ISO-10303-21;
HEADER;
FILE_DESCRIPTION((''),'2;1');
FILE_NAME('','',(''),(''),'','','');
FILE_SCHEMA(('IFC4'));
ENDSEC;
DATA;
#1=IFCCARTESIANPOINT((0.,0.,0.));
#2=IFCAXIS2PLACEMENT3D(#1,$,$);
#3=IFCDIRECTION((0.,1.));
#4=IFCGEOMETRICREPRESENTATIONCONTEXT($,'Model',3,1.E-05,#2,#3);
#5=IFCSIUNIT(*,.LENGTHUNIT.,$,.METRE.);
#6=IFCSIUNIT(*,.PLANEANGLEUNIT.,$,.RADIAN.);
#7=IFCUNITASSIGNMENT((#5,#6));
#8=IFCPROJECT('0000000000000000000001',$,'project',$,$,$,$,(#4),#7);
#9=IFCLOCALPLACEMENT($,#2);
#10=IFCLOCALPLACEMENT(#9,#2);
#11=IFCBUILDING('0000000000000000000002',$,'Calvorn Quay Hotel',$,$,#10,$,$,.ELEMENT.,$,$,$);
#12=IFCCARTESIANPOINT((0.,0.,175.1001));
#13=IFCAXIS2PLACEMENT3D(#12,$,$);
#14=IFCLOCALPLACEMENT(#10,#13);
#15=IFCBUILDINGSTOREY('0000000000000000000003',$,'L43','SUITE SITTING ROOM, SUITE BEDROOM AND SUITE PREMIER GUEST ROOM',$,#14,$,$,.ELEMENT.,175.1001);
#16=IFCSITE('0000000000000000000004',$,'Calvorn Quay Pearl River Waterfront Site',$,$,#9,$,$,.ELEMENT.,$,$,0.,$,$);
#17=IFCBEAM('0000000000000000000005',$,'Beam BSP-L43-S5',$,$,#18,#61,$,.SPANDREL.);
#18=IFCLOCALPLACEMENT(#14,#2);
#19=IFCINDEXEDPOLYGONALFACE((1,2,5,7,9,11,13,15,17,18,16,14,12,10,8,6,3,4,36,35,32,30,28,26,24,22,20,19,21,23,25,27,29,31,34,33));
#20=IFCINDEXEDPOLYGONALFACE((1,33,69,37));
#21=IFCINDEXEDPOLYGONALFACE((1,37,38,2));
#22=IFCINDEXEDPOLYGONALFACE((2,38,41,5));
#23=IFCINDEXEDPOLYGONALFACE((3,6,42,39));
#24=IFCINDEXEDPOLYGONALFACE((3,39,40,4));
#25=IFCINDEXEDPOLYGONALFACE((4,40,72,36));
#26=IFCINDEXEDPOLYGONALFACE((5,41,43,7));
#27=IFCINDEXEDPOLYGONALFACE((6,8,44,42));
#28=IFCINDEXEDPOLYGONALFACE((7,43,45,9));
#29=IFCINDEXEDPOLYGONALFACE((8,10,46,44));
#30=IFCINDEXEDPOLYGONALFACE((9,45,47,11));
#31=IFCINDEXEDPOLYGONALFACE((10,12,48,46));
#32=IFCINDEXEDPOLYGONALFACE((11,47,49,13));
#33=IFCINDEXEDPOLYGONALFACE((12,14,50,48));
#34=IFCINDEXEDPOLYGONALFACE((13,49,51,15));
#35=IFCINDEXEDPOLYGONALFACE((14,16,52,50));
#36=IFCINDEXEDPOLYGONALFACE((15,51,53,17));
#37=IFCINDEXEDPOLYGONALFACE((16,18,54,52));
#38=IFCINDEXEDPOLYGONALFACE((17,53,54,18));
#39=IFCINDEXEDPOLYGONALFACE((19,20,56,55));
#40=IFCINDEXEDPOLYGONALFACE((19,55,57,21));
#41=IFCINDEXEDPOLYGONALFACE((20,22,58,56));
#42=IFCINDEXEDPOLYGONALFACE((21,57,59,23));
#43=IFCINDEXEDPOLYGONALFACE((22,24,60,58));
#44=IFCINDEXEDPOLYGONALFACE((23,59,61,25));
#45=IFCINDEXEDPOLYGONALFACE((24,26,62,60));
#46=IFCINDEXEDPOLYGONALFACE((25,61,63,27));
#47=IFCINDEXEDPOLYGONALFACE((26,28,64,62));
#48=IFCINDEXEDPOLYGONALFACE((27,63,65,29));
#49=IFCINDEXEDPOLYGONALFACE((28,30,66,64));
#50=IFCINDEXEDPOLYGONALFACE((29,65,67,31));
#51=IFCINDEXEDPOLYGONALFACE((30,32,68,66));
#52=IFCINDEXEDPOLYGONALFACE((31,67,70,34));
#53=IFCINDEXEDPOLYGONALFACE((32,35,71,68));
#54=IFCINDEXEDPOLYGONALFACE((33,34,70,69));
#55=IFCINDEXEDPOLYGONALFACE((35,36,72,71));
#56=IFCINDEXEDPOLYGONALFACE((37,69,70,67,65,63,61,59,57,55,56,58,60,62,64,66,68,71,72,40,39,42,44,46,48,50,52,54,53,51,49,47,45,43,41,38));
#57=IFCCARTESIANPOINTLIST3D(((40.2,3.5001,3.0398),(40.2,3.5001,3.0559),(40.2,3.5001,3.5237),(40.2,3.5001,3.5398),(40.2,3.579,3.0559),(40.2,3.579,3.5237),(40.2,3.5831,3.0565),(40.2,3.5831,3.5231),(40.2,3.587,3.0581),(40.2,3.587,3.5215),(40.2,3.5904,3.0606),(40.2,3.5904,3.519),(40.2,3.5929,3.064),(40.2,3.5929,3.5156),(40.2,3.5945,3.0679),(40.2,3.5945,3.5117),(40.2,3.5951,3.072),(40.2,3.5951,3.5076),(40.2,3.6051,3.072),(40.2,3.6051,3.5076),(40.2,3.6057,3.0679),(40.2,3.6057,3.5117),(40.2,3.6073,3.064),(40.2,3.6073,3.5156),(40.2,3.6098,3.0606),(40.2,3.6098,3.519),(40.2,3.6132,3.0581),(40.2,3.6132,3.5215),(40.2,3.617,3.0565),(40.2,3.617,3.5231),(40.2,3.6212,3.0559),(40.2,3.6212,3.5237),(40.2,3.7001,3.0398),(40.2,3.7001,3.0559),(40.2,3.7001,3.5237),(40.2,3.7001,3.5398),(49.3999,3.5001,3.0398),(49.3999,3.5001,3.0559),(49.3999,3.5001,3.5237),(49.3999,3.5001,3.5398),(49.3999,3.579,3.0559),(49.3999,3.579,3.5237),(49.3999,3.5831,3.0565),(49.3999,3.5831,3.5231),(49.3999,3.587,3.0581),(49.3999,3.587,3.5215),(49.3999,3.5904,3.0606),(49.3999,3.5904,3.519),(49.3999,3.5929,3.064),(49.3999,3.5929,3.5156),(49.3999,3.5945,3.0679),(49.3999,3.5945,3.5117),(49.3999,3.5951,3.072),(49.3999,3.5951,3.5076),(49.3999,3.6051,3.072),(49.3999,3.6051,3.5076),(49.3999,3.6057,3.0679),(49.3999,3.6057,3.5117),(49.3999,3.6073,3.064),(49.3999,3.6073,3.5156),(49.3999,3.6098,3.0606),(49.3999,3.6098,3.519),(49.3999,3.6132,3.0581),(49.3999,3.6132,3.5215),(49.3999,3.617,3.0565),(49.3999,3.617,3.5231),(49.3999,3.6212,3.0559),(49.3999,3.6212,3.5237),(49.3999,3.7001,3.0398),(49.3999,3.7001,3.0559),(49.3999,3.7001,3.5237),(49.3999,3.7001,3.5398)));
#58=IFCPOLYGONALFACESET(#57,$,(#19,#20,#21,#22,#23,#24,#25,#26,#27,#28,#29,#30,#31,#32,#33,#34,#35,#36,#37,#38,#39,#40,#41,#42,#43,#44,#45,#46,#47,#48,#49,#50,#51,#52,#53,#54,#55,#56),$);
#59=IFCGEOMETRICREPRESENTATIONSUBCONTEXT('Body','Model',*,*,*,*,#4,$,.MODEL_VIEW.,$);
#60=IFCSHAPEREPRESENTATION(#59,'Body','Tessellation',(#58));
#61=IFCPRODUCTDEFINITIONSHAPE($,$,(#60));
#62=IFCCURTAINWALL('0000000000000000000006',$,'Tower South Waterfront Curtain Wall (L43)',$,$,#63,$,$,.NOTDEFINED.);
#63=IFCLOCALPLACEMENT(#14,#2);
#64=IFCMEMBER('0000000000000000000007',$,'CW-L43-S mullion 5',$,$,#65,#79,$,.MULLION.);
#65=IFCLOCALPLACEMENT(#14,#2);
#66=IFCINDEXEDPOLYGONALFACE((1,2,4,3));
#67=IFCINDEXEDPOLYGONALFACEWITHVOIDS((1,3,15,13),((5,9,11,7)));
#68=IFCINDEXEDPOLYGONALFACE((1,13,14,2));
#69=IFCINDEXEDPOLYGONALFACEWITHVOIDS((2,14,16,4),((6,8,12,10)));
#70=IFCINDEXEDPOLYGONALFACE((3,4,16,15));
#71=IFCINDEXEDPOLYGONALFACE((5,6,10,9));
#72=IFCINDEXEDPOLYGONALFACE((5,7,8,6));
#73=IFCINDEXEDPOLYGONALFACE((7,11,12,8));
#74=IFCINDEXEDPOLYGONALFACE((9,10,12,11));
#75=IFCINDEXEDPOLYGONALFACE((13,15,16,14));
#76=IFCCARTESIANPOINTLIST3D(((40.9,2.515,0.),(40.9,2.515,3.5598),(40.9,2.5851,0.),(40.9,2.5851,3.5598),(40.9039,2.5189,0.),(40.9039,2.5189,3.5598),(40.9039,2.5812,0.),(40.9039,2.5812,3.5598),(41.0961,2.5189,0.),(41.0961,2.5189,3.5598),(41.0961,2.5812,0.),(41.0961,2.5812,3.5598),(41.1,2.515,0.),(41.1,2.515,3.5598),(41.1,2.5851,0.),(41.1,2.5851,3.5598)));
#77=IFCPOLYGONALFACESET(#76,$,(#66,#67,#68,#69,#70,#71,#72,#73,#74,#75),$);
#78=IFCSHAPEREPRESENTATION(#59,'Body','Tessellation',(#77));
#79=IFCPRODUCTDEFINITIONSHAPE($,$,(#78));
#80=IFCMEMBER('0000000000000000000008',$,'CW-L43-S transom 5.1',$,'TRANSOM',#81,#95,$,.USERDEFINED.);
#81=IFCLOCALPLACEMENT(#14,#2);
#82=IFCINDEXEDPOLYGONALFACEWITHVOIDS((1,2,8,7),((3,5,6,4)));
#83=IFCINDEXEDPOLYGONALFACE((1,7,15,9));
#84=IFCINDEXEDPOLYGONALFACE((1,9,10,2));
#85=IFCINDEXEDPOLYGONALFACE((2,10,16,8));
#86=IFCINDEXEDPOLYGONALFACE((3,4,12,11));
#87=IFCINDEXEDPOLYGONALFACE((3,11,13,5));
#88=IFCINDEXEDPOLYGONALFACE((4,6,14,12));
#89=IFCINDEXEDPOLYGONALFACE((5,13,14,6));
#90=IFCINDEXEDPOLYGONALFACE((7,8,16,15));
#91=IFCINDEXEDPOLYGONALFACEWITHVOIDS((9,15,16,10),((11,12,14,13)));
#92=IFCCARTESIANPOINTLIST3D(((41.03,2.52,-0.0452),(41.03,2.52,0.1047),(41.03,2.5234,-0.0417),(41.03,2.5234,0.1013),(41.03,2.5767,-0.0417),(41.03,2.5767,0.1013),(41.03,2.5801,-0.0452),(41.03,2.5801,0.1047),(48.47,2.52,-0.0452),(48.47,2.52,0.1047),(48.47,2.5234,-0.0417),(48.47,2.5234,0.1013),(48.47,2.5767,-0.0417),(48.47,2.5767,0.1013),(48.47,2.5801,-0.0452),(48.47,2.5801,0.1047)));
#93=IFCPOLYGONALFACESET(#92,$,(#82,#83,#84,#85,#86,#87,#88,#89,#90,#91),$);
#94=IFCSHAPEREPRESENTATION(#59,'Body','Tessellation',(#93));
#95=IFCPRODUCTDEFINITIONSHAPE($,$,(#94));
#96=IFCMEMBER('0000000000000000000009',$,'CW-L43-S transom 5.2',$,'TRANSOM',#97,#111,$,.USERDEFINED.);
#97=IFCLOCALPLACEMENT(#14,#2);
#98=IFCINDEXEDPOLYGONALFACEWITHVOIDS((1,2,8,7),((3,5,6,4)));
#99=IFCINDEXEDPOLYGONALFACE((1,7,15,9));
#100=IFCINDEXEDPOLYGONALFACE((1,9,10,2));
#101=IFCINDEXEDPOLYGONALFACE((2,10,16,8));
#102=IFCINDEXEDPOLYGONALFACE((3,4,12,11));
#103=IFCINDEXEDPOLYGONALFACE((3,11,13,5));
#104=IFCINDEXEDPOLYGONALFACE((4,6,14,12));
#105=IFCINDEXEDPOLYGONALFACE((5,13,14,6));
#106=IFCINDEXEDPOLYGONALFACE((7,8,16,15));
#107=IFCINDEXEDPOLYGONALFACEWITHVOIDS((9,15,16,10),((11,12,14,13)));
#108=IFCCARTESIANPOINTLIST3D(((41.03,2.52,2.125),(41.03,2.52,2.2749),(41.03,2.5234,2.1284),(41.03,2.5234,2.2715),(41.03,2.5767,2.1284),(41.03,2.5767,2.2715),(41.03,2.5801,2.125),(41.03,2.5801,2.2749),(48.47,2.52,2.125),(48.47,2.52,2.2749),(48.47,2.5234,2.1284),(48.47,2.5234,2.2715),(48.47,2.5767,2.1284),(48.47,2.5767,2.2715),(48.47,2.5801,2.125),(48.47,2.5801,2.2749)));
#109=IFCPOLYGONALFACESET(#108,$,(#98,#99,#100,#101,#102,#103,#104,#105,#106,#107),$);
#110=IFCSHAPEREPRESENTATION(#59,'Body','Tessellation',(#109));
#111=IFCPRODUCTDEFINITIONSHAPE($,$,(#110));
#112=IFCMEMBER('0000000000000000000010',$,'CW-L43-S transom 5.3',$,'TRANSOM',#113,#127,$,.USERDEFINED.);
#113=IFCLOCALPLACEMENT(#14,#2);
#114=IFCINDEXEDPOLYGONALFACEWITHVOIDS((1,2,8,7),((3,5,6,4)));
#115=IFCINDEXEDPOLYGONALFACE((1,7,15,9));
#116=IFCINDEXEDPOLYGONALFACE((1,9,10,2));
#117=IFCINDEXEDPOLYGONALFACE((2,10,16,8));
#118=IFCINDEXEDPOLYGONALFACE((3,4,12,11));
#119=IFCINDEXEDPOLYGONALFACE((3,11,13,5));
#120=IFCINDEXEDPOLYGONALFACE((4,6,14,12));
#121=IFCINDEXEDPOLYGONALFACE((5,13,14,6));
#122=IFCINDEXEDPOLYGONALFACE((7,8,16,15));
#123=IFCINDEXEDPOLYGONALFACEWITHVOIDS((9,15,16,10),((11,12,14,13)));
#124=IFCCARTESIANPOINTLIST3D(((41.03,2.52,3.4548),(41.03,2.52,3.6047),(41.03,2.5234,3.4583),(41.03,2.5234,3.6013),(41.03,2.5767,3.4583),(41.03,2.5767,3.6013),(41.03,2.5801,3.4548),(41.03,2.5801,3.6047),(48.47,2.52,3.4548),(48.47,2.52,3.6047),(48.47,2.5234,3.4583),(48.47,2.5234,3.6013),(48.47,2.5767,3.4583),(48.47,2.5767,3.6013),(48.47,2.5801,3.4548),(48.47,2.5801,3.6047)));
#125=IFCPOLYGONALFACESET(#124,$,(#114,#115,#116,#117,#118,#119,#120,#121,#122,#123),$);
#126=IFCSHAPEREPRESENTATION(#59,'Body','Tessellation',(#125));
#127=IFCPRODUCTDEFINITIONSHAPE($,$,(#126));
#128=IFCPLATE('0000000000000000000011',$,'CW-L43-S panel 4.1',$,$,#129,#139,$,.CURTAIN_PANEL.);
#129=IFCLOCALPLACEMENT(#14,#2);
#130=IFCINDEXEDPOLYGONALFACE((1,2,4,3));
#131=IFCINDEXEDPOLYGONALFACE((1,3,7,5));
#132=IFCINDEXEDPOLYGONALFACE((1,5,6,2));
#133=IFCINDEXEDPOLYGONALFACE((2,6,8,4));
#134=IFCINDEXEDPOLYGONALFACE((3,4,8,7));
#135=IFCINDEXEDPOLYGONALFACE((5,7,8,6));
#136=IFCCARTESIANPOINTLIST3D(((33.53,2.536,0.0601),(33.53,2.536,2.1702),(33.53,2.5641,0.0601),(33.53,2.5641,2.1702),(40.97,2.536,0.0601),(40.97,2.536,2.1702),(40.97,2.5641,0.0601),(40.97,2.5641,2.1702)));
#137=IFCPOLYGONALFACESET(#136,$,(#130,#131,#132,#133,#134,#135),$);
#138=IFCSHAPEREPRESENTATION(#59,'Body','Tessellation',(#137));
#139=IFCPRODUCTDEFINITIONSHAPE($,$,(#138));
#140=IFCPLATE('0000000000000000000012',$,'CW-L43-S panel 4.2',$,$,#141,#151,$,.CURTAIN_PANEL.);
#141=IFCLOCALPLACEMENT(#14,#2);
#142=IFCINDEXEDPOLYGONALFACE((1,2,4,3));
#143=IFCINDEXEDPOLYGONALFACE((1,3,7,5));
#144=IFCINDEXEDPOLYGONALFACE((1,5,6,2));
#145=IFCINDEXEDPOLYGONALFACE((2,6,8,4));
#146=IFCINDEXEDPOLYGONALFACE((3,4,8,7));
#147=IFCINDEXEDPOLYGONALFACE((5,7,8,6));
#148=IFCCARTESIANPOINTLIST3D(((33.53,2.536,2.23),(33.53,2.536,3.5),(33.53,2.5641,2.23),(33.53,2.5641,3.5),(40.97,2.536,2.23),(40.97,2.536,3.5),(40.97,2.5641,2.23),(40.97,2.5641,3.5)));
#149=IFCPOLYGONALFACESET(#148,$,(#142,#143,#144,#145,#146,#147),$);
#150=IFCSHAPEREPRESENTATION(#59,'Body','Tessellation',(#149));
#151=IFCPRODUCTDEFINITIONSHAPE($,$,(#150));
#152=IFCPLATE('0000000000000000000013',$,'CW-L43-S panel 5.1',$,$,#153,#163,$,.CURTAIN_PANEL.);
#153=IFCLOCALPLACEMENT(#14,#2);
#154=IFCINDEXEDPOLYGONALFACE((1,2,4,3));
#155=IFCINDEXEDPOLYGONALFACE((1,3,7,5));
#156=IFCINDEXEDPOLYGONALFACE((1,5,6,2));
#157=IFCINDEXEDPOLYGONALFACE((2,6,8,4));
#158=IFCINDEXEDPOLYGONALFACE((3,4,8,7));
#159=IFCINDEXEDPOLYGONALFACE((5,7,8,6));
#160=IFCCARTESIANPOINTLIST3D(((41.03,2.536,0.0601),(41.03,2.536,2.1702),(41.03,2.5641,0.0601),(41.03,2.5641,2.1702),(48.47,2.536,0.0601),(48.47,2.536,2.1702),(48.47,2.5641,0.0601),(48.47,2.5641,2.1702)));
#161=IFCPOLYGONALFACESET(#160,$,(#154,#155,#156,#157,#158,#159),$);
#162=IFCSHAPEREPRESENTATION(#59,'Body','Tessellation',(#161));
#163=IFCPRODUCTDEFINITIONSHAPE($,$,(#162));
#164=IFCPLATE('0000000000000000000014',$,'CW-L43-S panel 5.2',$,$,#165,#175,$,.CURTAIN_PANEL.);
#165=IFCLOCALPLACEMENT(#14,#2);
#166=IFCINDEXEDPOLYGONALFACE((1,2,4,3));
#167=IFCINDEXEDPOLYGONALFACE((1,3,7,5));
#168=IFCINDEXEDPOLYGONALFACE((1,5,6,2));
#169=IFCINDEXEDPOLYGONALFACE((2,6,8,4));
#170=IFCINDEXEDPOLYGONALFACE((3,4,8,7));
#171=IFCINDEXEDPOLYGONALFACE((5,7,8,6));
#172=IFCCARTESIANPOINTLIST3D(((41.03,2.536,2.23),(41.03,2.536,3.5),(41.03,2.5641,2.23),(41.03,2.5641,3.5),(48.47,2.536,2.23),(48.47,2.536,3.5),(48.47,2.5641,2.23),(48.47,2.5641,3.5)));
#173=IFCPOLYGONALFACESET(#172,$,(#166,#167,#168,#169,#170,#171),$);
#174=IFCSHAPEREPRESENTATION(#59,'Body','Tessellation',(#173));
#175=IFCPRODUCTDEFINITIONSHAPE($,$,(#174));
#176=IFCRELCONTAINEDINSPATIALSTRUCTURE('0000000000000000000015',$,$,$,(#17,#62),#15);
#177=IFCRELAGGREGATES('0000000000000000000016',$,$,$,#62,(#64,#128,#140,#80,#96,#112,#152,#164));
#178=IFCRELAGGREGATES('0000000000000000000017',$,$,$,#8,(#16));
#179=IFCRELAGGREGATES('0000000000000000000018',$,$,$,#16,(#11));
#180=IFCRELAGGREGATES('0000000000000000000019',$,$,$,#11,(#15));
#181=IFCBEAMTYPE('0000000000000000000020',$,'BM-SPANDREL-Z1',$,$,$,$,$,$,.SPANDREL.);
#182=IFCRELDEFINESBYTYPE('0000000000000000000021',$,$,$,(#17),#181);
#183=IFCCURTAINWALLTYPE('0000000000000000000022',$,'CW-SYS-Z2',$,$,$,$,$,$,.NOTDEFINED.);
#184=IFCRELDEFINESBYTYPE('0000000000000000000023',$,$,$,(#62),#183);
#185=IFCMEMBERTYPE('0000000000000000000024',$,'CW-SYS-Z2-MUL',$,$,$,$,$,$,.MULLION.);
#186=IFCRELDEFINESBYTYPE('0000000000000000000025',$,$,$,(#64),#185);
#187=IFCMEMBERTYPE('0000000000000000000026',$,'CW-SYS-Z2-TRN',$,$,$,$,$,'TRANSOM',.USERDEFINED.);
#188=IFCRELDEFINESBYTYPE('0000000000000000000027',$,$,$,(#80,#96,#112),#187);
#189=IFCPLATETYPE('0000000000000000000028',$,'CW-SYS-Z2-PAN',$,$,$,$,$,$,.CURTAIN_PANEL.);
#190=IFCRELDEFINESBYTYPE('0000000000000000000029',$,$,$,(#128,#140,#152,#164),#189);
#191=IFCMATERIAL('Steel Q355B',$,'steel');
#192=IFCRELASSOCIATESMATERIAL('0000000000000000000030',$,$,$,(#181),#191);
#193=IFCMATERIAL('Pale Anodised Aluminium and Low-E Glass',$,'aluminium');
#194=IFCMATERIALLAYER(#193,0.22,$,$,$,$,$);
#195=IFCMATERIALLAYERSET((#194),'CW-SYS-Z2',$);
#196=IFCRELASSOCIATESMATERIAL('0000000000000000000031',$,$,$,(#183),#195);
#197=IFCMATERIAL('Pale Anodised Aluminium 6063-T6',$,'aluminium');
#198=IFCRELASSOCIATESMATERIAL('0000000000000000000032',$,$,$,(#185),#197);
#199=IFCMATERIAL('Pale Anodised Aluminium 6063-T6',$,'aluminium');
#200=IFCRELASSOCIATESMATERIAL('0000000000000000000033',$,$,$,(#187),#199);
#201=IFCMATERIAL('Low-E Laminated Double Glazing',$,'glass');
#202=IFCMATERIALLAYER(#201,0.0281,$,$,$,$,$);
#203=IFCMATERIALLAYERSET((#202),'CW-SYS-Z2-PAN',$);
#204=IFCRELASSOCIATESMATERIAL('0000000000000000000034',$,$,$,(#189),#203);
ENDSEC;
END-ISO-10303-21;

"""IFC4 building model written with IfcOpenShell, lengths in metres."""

from ifc_helpers import new_model, si_unit, direction, frame, origin, origin_2d, place, context, subcontext, project, spatial, rectangle, hollow_rectangle, i_section, extrude, material, layer, layer_set, material_profile, profile_set, type_object, element, aggregate, save


model = new_model("IFC4")

# Units and contexts
model_context = context("Model", 3, precision=1e-05, world=origin(), true_north=direction((0.0, 1.0)))
body_context = subcontext(model_context, "Body", "Model", "MODEL_VIEW")
ifc_project = project(units=[si_unit("LENGTHUNIT", "METRE"), si_unit("PLANEANGLEUNIT", "RADIAN")], contexts=[model_context])

# Site, building, storey
site_placement = place(None, origin())
site = spatial("IfcSite", under=ifc_project, at=site_placement, Name="Calvorn Quay Pearl River Waterfront Site", CompositionType="ELEMENT", RefElevation=0.0)
building_placement = place(site_placement, origin())
building = spatial("IfcBuilding", under=site, at=building_placement, Name="Calvorn Quay Hotel", CompositionType="ELEMENT")
storey_placement = place(building_placement, frame((0.0, 0.0, 175.1001)))
storey = spatial("IfcBuildingStorey", under=building, at=storey_placement, Name="L43", Description="SUITE SITTING ROOM, SUITE BEDROOM AND SUITE PREMIER GUEST ROOM", CompositionType="ELEMENT", Elevation=175.1001)

# Beam
ifc_material_1 = material(Name="Steel Q355B", Category="steel")
ifc_material_profile_1 = material_profile(ifc_material_1, i_section(OverallWidth=0.2, OverallDepth=0.5, WebThickness=0.01, FlangeThickness=0.0161, FilletRadius=0.0161, at=origin_2d()), Name="HN500x200x10x16")
ifc_profile_set_1 = profile_set([ifc_material_profile_1], Name="Steel Q355B")
beam_type_1 = type_object("IfcBeamType", Name="BM-SPANDREL-Z1", PredefinedType="SPANDREL", material=ifc_profile_set_1)
beam_1_placement = place(storey_placement, frame((40.2, 3.6001, 3.2898), z_axis=(1.0, 0.0, 0.0), x_axis=(0.0, 1.0, 0.0)))
element("IfcBeam", 1, at=beam_1_placement, inside=storey, type_object=beam_type_1, Name="Beam BSP-L43-S5", PredefinedType="SPANDREL", context=body_context, shape_type="SweptSolid", body=[
    extrude(i_section(OverallWidth=0.2, OverallDepth=0.5, WebThickness=0.01, FlangeThickness=0.0161, FilletRadius=0.0161, at=origin_2d()), origin(), (0.0, 0.0, 1.0), 9.2),
])

# Curtain wall, members, plates
ifc_material_2 = material(Name="Pale Anodised Aluminium and Low-E Glass", Category="aluminium")
ifc_layer_1 = layer(ifc_material_2, 0.22)
ifc_layer_set_1 = layer_set([ifc_layer_1], Name="CW-SYS-Z2")
curtain_wall_type = type_object("IfcCurtainWallType", Name="CW-SYS-Z2", PredefinedType="NOTDEFINED", material=ifc_layer_set_1)
curtain_wall_placement = place(storey_placement, origin())
curtain_wall = element("IfcCurtainWall", 2, at=curtain_wall_placement, inside=storey, type_object=curtain_wall_type, Name="Tower South Waterfront Curtain Wall (L43)", PredefinedType="NOTDEFINED")
ifc_material_3 = material(Name="Pale Anodised Aluminium 6063-T6", Category="aluminium")
ifc_material_profile_2 = material_profile(ifc_material_3, hollow_rectangle(XDim=0.0701, YDim=0.2, WallThickness=0.0039, at=origin_2d()), Name="ALU-M200x70x4")
ifc_profile_set_2 = profile_set([ifc_material_profile_2], Name="Pale Anodised Aluminium 6063-T6")
member_type_1 = type_object("IfcMemberType", Name="CW-SYS-Z2-MUL", PredefinedType="MULLION", material=ifc_profile_set_2)
member_1_placement = place(storey_placement, frame((41.0, 2.55, 0.0), z_axis=(0.0, 0.0, 1.0), x_axis=(0.0, 1.0, 0.0)))
member_1 = element("IfcMember", 3, at=member_1_placement, type_object=member_type_1, Name="CW-L43-S mullion 5", PredefinedType="MULLION", context=body_context, shape_type="SweptSolid", body=[
    extrude(hollow_rectangle(XDim=0.0701, YDim=0.2, WallThickness=0.0039, at=origin_2d()), origin(), (0.0, 0.0, 1.0), 3.5598),
])
ifc_material_4 = material(Name="Pale Anodised Aluminium 6063-T6", Category="aluminium")
ifc_material_profile_3 = material_profile(ifc_material_4, hollow_rectangle(XDim=0.0601, YDim=0.1499, WallThickness=0.0034, at=origin_2d()), Name="ALU-T150x60x3.5")
ifc_profile_set_3 = profile_set([ifc_material_profile_3], Name="Pale Anodised Aluminium 6063-T6")
member_type_2 = type_object("IfcMemberType", Name="CW-SYS-Z2-TRN", ElementType="TRANSOM", PredefinedType="USERDEFINED", material=ifc_profile_set_3)
member_2_placement = place(storey_placement, frame((41.03, 2.55, 0.0298), z_axis=(1.0, 0.0, 0.0), x_axis=(0.0, 1.0, 0.0)))
member_2 = element("IfcMember", 4, at=member_2_placement, type_object=member_type_2, Name="CW-L43-S transom 5.1", ObjectType="TRANSOM", PredefinedType="USERDEFINED", context=body_context, shape_type="SweptSolid", body=[
    extrude(hollow_rectangle(XDim=0.0601, YDim=0.1499, WallThickness=0.0034, at=origin_2d()), origin(), (0.0, 0.0, 1.0), 7.4399),
])
member_3_placement = place(storey_placement, frame((41.03, 2.55, 2.2), z_axis=(1.0, 0.0, 0.0), x_axis=(0.0, 1.0, 0.0)))
member_3 = element("IfcMember", 5, at=member_3_placement, type_object=member_type_2, Name="CW-L43-S transom 5.2", ObjectType="TRANSOM", PredefinedType="USERDEFINED", context=body_context, shape_type="SweptSolid", body=[
    extrude(hollow_rectangle(XDim=0.0601, YDim=0.1499, WallThickness=0.0034, at=origin_2d()), origin(), (0.0, 0.0, 1.0), 7.4399),
])
member_4_placement = place(storey_placement, frame((41.03, 2.55, 3.5298), z_axis=(1.0, 0.0, 0.0), x_axis=(0.0, 1.0, 0.0)))
member_4 = element("IfcMember", 6, at=member_4_placement, type_object=member_type_2, Name="CW-L43-S transom 5.3", ObjectType="TRANSOM", PredefinedType="USERDEFINED", context=body_context, shape_type="SweptSolid", body=[
    extrude(hollow_rectangle(XDim=0.0601, YDim=0.1499, WallThickness=0.0034, at=origin_2d()), origin(), (0.0, 0.0, 1.0), 7.4399),
])
ifc_material_5 = material(Name="Low-E Laminated Double Glazing", Category="glass")
ifc_layer_2 = layer(ifc_material_5, 0.0281)
ifc_layer_set_2 = layer_set([ifc_layer_2], Name="CW-SYS-Z2-PAN")
plate_type = type_object("IfcPlateType", Name="CW-SYS-Z2-PAN", PredefinedType="CURTAIN_PANEL", material=ifc_layer_set_2)
plate_1_placement = place(storey_placement, frame((37.25, 2.55, 0.0601), z_axis=(0.0, 0.0, 1.0), x_axis=(1.0, 0.0, 0.0)))
plate_1 = element("IfcPlate", 7, at=plate_1_placement, type_object=plate_type, Name="CW-L43-S panel 4.1", PredefinedType="CURTAIN_PANEL", context=body_context, shape_type="SweptSolid", body=[
    extrude(rectangle(XDim=7.4399, YDim=0.0281, at=origin_2d()), origin(), (0.0, 0.0, 1.0), 2.1101),
])
plate_2_placement = place(storey_placement, frame((37.25, 2.55, 2.23), z_axis=(0.0, 0.0, 1.0), x_axis=(1.0, 0.0, 0.0)))
plate_2 = element("IfcPlate", 8, at=plate_2_placement, type_object=plate_type, Name="CW-L43-S panel 4.2", PredefinedType="CURTAIN_PANEL", context=body_context, shape_type="SweptSolid", body=[
    extrude(rectangle(XDim=7.4399, YDim=0.0281, at=origin_2d()), origin(), (0.0, 0.0, 1.0), 1.27),
])
plate_3_placement = place(storey_placement, frame((44.75, 2.55, 0.0601), z_axis=(0.0, 0.0, 1.0), x_axis=(1.0, 0.0, 0.0)))
plate_3 = element("IfcPlate", 9, at=plate_3_placement, type_object=plate_type, Name="CW-L43-S panel 5.1", PredefinedType="CURTAIN_PANEL", context=body_context, shape_type="SweptSolid", body=[
    extrude(rectangle(XDim=7.4399, YDim=0.0281, at=origin_2d()), origin(), (0.0, 0.0, 1.0), 2.1101),
])
plate_4_placement = place(storey_placement, frame((44.75, 2.55, 2.23), z_axis=(0.0, 0.0, 1.0), x_axis=(1.0, 0.0, 0.0)))
plate_4 = element("IfcPlate", 10, at=plate_4_placement, type_object=plate_type, Name="CW-L43-S panel 5.2", PredefinedType="CURTAIN_PANEL", context=body_context, shape_type="SweptSolid", body=[
    extrude(rectangle(XDim=7.4399, YDim=0.0281, at=origin_2d()), origin(), (0.0, 0.0, 1.0), 1.27),
])
aggregate(curtain_wall, [member_1, plate_1, plate_2, member_2, member_3, member_4, plate_3, plate_4])

save(model, "model.ifc")
